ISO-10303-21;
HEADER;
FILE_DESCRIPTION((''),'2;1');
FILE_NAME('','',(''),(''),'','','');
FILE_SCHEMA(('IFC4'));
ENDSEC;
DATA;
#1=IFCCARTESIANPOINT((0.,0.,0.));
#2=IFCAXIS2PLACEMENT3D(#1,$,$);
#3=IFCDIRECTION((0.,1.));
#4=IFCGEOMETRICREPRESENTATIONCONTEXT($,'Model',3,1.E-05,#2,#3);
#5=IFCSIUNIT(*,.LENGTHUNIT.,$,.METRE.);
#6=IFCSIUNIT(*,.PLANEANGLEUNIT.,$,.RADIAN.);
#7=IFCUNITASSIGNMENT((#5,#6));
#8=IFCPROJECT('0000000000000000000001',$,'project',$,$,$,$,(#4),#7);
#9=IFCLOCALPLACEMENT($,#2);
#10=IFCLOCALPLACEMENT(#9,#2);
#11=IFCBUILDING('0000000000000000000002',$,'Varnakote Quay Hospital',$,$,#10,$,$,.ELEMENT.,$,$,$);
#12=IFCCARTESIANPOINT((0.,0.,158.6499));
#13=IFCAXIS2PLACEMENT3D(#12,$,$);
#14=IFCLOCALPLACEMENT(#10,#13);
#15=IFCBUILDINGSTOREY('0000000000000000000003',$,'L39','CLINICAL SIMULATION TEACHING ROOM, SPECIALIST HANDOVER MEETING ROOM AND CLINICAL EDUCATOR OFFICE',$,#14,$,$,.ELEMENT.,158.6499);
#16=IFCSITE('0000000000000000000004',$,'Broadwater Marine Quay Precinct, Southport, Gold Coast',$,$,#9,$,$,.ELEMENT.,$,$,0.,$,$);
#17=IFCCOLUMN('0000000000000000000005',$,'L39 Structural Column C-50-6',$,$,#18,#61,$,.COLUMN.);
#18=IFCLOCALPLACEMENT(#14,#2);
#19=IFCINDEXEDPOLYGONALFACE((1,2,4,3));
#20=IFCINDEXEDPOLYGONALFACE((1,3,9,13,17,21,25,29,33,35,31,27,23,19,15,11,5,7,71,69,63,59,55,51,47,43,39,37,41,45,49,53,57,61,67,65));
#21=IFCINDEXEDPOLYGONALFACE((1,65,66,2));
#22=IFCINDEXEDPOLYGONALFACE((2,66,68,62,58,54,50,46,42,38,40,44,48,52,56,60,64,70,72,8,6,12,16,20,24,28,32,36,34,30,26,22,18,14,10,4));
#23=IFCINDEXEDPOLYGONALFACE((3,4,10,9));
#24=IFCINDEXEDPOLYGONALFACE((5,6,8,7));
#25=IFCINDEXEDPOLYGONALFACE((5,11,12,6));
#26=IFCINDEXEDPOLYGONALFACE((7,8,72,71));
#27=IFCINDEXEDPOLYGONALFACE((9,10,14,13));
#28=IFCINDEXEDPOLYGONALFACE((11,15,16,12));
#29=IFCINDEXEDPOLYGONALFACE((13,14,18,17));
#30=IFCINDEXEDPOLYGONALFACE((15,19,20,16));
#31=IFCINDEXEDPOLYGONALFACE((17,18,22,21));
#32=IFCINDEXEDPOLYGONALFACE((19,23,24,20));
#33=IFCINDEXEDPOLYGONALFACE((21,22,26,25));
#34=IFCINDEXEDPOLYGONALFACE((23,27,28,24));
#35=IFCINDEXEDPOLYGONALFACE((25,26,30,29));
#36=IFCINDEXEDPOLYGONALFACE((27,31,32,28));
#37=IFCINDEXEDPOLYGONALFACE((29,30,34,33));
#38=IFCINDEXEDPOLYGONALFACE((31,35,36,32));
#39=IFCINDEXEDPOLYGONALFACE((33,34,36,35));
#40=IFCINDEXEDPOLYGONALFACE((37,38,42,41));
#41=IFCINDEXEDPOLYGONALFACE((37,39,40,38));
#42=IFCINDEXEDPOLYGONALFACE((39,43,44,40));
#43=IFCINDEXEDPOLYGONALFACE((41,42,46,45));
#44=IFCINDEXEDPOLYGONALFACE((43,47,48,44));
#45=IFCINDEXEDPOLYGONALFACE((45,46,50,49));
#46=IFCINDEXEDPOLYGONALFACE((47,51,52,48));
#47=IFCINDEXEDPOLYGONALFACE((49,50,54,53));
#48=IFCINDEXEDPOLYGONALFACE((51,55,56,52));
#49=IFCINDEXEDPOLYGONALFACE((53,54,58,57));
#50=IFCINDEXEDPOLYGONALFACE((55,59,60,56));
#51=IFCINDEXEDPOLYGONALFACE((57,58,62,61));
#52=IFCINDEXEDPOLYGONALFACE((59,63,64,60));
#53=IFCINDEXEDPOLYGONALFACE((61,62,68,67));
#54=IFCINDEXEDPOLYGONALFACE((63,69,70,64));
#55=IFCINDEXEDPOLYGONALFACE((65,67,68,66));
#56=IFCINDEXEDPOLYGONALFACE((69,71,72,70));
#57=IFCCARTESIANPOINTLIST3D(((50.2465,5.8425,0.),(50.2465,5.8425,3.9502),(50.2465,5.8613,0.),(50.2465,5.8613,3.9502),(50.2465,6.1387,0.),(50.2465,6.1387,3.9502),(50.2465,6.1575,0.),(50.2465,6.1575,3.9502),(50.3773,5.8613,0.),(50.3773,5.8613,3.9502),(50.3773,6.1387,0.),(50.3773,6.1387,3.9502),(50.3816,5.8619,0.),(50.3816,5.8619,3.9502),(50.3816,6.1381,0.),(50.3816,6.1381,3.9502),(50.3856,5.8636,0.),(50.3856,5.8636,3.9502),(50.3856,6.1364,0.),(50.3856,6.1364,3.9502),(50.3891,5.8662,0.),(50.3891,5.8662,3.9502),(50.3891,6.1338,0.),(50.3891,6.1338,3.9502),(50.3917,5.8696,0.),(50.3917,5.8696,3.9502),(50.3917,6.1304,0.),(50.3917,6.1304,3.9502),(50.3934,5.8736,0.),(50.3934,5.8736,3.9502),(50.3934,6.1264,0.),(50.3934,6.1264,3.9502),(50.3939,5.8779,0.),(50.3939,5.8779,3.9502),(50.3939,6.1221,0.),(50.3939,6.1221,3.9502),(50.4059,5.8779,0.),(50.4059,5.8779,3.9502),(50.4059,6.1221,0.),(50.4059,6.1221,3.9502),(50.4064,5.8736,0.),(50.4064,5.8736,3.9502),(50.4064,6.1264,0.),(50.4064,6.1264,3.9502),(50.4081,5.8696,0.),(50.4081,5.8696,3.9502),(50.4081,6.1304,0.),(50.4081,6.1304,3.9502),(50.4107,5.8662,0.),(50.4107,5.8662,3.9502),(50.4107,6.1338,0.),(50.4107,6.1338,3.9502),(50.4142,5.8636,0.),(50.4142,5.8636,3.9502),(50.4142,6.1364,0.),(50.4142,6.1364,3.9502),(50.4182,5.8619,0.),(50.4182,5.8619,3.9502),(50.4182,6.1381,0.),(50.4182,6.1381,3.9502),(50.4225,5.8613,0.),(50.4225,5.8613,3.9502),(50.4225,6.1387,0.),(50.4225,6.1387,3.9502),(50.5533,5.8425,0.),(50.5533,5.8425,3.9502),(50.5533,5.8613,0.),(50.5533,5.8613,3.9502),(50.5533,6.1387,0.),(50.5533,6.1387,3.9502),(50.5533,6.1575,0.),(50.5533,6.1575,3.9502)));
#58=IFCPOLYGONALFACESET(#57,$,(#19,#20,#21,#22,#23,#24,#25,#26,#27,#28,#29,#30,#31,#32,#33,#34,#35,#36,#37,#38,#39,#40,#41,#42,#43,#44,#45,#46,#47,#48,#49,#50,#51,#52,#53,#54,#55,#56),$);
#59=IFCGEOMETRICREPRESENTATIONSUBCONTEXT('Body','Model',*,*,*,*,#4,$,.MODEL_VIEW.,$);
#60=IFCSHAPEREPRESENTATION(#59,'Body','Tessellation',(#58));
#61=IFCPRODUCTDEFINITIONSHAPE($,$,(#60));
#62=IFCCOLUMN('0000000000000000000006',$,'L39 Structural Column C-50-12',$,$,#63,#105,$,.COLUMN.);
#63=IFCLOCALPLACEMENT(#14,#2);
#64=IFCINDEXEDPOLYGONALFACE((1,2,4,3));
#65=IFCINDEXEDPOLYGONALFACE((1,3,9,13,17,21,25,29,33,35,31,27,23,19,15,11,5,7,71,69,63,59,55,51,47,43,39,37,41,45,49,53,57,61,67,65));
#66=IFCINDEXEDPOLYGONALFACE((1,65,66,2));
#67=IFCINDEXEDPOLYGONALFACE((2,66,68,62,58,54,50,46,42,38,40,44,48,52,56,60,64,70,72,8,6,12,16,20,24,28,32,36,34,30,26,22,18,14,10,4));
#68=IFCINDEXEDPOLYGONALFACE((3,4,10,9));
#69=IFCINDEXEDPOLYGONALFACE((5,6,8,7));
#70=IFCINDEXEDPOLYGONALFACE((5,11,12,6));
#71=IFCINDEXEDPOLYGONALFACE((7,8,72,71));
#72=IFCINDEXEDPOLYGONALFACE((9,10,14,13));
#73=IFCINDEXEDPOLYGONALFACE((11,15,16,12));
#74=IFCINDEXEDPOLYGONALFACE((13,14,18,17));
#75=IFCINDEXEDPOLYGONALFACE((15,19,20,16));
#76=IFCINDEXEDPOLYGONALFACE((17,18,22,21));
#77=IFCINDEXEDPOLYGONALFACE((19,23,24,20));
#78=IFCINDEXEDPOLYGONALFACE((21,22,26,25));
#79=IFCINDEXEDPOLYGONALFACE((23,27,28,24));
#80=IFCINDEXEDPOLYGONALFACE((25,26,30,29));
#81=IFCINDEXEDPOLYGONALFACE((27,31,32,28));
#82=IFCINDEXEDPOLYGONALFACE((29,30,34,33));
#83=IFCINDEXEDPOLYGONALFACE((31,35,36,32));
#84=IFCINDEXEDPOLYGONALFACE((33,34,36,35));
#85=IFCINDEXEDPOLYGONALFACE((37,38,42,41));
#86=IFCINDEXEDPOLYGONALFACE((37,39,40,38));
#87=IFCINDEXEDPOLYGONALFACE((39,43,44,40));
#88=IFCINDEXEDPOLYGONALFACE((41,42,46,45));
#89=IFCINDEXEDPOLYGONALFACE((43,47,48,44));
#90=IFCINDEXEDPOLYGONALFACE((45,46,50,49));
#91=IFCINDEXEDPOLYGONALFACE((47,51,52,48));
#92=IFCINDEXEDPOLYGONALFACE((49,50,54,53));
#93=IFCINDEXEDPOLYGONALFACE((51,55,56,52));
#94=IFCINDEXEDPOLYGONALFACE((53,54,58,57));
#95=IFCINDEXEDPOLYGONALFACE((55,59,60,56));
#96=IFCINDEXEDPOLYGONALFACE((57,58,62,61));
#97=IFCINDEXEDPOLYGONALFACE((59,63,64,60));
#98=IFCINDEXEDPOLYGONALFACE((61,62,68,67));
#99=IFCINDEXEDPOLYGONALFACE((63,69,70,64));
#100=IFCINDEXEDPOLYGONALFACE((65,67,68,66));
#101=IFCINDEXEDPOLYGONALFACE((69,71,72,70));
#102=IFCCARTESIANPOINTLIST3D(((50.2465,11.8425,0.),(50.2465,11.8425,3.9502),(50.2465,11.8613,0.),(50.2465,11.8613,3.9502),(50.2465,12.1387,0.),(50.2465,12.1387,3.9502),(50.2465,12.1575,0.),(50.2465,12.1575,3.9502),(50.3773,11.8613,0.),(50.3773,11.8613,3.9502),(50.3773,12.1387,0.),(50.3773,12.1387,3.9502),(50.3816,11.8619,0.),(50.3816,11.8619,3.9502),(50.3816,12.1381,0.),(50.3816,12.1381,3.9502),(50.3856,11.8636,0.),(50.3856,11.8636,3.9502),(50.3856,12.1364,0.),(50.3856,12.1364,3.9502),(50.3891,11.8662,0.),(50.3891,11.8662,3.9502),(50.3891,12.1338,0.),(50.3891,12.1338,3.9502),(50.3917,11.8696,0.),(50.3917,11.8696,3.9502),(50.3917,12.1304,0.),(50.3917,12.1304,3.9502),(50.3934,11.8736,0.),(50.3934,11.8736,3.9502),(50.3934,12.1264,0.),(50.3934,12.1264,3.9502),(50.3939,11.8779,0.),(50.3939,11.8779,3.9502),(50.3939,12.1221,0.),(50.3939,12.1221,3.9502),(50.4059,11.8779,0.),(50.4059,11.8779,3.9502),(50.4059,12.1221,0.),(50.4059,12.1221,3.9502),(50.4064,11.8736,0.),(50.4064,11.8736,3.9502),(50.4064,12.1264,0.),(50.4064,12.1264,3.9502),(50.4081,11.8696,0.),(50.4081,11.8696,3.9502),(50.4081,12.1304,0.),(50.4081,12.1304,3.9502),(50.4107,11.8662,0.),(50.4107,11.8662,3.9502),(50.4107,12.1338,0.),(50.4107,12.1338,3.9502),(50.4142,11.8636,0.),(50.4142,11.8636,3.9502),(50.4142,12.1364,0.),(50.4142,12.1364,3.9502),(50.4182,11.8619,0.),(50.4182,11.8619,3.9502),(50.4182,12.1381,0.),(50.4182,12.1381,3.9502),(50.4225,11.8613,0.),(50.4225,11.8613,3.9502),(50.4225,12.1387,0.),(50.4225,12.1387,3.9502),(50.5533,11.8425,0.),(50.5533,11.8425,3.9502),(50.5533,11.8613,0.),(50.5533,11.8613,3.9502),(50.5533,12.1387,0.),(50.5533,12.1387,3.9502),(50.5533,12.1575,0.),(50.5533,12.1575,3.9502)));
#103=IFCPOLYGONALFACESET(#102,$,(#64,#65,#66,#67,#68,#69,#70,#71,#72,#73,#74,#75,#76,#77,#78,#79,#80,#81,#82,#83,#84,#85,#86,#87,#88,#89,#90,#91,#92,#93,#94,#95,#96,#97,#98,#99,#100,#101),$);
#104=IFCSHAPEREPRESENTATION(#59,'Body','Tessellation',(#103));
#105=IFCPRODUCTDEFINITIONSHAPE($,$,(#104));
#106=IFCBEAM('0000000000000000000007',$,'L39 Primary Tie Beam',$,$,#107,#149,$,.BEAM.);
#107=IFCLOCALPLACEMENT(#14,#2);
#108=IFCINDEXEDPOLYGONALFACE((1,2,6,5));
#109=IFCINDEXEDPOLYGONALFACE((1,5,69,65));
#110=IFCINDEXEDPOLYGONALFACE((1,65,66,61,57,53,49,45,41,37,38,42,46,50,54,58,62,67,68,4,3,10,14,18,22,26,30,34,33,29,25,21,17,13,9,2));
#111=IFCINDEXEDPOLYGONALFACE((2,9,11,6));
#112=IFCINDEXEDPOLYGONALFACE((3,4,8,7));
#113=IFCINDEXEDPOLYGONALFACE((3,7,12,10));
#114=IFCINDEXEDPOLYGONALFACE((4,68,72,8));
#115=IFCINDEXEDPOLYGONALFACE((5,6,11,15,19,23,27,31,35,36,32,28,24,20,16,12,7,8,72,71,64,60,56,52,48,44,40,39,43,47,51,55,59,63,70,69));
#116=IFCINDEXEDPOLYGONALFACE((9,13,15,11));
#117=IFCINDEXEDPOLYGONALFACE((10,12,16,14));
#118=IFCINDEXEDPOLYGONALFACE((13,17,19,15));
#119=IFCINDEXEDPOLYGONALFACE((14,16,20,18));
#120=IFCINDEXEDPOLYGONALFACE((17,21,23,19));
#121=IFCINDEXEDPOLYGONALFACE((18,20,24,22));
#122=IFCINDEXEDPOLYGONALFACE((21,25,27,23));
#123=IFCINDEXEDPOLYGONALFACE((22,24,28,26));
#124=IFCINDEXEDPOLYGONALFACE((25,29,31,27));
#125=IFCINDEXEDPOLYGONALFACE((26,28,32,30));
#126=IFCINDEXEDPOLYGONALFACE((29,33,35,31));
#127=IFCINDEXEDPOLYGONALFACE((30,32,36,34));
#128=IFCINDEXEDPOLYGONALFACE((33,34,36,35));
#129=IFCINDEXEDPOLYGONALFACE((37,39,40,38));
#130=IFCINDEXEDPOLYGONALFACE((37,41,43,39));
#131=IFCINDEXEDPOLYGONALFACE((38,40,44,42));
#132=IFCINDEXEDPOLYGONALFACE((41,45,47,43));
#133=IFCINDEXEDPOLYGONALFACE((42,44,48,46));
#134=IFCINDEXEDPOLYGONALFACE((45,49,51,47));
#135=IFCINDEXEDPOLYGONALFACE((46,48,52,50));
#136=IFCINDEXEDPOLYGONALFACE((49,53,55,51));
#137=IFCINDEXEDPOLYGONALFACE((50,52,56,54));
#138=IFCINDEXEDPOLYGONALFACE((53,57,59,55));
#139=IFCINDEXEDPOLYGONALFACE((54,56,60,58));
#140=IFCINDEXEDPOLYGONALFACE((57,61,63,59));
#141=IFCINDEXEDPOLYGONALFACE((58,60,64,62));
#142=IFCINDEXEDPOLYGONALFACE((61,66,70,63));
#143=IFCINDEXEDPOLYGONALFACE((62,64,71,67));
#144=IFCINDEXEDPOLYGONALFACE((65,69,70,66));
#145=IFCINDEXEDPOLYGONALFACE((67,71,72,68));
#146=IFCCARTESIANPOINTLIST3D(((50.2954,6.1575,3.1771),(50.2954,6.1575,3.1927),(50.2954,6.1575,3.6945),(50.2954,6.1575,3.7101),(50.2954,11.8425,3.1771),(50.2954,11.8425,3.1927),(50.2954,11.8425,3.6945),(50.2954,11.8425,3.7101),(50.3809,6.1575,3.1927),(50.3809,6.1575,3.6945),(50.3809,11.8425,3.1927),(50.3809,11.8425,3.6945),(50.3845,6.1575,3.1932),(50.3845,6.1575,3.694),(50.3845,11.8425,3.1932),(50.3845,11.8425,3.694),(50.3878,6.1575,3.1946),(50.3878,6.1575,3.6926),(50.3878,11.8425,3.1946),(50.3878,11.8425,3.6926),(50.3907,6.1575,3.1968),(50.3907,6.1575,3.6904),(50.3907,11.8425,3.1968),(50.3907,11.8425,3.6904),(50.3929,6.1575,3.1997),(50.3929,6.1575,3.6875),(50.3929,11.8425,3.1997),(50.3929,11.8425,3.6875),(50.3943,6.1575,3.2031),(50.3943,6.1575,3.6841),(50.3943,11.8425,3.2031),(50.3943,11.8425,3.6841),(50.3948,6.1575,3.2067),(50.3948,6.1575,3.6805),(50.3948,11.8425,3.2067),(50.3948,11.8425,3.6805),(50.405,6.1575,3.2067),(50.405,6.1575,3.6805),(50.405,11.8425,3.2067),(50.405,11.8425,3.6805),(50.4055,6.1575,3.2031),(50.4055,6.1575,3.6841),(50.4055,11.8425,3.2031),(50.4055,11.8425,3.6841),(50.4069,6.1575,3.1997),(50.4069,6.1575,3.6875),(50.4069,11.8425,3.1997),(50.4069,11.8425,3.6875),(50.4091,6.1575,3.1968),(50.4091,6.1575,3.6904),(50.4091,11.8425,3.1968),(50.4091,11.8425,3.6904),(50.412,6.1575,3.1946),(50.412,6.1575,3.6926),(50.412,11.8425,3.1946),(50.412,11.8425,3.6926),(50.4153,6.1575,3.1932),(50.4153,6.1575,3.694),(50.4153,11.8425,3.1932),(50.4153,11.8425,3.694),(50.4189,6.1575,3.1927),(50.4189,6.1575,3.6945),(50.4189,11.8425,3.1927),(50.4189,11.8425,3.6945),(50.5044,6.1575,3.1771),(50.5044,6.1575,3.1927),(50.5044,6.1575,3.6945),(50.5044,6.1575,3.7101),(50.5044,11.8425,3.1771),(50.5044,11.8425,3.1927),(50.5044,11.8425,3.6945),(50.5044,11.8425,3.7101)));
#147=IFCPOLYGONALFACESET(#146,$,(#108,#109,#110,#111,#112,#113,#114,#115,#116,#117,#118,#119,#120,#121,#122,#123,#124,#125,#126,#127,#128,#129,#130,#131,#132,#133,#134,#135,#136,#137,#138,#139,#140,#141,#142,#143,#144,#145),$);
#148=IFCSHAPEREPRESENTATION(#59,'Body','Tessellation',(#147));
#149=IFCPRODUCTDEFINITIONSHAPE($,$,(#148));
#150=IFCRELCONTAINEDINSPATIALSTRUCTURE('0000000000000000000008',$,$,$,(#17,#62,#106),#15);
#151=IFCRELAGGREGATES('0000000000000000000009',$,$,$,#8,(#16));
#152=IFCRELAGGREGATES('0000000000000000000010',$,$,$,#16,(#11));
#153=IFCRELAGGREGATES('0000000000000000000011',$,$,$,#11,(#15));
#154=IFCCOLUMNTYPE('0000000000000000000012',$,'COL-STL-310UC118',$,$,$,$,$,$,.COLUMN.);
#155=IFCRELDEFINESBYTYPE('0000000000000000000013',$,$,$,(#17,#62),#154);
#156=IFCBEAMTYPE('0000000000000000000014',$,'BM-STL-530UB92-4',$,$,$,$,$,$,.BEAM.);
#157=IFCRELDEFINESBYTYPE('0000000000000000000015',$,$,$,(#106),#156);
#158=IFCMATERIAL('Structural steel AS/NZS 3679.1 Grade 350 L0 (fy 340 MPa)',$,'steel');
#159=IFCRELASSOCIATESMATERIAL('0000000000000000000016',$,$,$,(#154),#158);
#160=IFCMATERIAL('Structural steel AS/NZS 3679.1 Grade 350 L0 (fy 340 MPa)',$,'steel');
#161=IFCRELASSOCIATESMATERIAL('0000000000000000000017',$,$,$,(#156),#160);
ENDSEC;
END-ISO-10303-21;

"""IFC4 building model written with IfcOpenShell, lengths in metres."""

from ifc_helpers import new_model, si_unit, direction, frame, origin, origin_2d, place, context, subcontext, project, spatial, i_section, extrude, material, material_profile, profile_set, type_object, element, save


model = new_model("IFC4")

# Units and contexts
model_context = context("Model", 3, precision=1e-05, world=origin(), true_north=direction((0.0, 1.0)))
body_context = subcontext(model_context, "Body", "Model", "MODEL_VIEW")
ifc_project = project(units=[si_unit("LENGTHUNIT", "METRE"), si_unit("PLANEANGLEUNIT", "RADIAN")], contexts=[model_context])

# Site, building, storey
site_placement = place(None, origin())
site = spatial("IfcSite", under=ifc_project, at=site_placement, Name="Broadwater Marine Quay Precinct, Southport, Gold Coast", CompositionType="ELEMENT", RefElevation=0.0)
building_placement = place(site_placement, origin())
building = spatial("IfcBuilding", under=site, at=building_placement, Name="Varnakote Quay Hospital", CompositionType="ELEMENT")
storey_placement = place(building_placement, frame((0.0, 0.0, 158.6499)))
storey = spatial("IfcBuildingStorey", under=building, at=storey_placement, Name="L39", Description="CLINICAL SIMULATION TEACHING ROOM, SPECIALIST HANDOVER MEETING ROOM AND CLINICAL EDUCATOR OFFICE", CompositionType="ELEMENT", Elevation=158.6499)

# Columns
ifc_material_1 = material(Name="Structural steel AS/NZS 3679.1 Grade 350 L0 (fy 340 MPa)", Category="steel")
ifc_material_profile_1 = material_profile(ifc_material_1, i_section(OverallWidth=0.3069, OverallDepth=0.3149, WebThickness=0.012, FlangeThickness=0.0188, FilletRadius=0.0166, at=origin_2d()), Name="310UC118")
ifc_profile_set_1 = profile_set([ifc_material_profile_1], Name="Structural steel AS/NZS 3679.1 Grade 350 L0 (fy 340 MPa)")
column_type = type_object("IfcColumnType", Name="COL-STL-310UC118", PredefinedType="COLUMN", material=ifc_profile_set_1)
for number, where, z_axis, x_axis, name in (
    (1, (50.3999, 6.0, 0.0), (0.0, 0.0, 1.0), (1.0, 0.0, 0.0), "L39 Structural Column C-50-6"),
    (2, (50.3999, 12.0, 0.0), (0.0, 0.0, 1.0), (1.0, 0.0, 0.0), "L39 Structural Column C-50-12"),
):
    element("IfcColumn", number, at=place(storey_placement, frame(where, z_axis=z_axis, x_axis=x_axis)), inside=storey, type_object=column_type, Name=name, PredefinedType="COLUMN", context=body_context, shape_type="SweptSolid", body=[
        extrude(i_section(OverallWidth=0.3069, OverallDepth=0.3149, WebThickness=0.012, FlangeThickness=0.0188, FilletRadius=0.0166, at=origin_2d()), origin(), (0.0, 0.0, 1.0), 3.9502),
    ])

# Beam
ifc_material_2 = material(Name="Structural steel AS/NZS 3679.1 Grade 350 L0 (fy 340 MPa)", Category="steel")
ifc_material_profile_2 = material_profile(ifc_material_2, i_section(OverallWidth=0.209, OverallDepth=0.533, WebThickness=0.0103, FlangeThickness=0.0156, FilletRadius=0.0139, at=origin_2d()), Name="530UB92.4")
ifc_profile_set_2 = profile_set([ifc_material_profile_2], Name="Structural steel AS/NZS 3679.1 Grade 350 L0 (fy 340 MPa)")
beam_type = type_object("IfcBeamType", Name="BM-STL-530UB92-4", PredefinedType="BEAM", material=ifc_profile_set_2)
beam_placement = place(storey_placement, frame((50.3999, 6.1575, 3.4436), z_axis=(0.0, 1.0, 0.0), x_axis=(-1.0, 0.0, 0.0)))
element("IfcBeam", 3, at=beam_placement, inside=storey, type_object=beam_type, Name="L39 Primary Tie Beam", PredefinedType="BEAM", context=body_context, shape_type="SweptSolid", body=[
    extrude(i_section(OverallWidth=0.209, OverallDepth=0.533, WebThickness=0.0103, FlangeThickness=0.0156, FilletRadius=0.0139, at=origin_2d()), origin(), (0.0, 0.0, 1.0), 5.6851),
])

save(model, "model.ifc")
